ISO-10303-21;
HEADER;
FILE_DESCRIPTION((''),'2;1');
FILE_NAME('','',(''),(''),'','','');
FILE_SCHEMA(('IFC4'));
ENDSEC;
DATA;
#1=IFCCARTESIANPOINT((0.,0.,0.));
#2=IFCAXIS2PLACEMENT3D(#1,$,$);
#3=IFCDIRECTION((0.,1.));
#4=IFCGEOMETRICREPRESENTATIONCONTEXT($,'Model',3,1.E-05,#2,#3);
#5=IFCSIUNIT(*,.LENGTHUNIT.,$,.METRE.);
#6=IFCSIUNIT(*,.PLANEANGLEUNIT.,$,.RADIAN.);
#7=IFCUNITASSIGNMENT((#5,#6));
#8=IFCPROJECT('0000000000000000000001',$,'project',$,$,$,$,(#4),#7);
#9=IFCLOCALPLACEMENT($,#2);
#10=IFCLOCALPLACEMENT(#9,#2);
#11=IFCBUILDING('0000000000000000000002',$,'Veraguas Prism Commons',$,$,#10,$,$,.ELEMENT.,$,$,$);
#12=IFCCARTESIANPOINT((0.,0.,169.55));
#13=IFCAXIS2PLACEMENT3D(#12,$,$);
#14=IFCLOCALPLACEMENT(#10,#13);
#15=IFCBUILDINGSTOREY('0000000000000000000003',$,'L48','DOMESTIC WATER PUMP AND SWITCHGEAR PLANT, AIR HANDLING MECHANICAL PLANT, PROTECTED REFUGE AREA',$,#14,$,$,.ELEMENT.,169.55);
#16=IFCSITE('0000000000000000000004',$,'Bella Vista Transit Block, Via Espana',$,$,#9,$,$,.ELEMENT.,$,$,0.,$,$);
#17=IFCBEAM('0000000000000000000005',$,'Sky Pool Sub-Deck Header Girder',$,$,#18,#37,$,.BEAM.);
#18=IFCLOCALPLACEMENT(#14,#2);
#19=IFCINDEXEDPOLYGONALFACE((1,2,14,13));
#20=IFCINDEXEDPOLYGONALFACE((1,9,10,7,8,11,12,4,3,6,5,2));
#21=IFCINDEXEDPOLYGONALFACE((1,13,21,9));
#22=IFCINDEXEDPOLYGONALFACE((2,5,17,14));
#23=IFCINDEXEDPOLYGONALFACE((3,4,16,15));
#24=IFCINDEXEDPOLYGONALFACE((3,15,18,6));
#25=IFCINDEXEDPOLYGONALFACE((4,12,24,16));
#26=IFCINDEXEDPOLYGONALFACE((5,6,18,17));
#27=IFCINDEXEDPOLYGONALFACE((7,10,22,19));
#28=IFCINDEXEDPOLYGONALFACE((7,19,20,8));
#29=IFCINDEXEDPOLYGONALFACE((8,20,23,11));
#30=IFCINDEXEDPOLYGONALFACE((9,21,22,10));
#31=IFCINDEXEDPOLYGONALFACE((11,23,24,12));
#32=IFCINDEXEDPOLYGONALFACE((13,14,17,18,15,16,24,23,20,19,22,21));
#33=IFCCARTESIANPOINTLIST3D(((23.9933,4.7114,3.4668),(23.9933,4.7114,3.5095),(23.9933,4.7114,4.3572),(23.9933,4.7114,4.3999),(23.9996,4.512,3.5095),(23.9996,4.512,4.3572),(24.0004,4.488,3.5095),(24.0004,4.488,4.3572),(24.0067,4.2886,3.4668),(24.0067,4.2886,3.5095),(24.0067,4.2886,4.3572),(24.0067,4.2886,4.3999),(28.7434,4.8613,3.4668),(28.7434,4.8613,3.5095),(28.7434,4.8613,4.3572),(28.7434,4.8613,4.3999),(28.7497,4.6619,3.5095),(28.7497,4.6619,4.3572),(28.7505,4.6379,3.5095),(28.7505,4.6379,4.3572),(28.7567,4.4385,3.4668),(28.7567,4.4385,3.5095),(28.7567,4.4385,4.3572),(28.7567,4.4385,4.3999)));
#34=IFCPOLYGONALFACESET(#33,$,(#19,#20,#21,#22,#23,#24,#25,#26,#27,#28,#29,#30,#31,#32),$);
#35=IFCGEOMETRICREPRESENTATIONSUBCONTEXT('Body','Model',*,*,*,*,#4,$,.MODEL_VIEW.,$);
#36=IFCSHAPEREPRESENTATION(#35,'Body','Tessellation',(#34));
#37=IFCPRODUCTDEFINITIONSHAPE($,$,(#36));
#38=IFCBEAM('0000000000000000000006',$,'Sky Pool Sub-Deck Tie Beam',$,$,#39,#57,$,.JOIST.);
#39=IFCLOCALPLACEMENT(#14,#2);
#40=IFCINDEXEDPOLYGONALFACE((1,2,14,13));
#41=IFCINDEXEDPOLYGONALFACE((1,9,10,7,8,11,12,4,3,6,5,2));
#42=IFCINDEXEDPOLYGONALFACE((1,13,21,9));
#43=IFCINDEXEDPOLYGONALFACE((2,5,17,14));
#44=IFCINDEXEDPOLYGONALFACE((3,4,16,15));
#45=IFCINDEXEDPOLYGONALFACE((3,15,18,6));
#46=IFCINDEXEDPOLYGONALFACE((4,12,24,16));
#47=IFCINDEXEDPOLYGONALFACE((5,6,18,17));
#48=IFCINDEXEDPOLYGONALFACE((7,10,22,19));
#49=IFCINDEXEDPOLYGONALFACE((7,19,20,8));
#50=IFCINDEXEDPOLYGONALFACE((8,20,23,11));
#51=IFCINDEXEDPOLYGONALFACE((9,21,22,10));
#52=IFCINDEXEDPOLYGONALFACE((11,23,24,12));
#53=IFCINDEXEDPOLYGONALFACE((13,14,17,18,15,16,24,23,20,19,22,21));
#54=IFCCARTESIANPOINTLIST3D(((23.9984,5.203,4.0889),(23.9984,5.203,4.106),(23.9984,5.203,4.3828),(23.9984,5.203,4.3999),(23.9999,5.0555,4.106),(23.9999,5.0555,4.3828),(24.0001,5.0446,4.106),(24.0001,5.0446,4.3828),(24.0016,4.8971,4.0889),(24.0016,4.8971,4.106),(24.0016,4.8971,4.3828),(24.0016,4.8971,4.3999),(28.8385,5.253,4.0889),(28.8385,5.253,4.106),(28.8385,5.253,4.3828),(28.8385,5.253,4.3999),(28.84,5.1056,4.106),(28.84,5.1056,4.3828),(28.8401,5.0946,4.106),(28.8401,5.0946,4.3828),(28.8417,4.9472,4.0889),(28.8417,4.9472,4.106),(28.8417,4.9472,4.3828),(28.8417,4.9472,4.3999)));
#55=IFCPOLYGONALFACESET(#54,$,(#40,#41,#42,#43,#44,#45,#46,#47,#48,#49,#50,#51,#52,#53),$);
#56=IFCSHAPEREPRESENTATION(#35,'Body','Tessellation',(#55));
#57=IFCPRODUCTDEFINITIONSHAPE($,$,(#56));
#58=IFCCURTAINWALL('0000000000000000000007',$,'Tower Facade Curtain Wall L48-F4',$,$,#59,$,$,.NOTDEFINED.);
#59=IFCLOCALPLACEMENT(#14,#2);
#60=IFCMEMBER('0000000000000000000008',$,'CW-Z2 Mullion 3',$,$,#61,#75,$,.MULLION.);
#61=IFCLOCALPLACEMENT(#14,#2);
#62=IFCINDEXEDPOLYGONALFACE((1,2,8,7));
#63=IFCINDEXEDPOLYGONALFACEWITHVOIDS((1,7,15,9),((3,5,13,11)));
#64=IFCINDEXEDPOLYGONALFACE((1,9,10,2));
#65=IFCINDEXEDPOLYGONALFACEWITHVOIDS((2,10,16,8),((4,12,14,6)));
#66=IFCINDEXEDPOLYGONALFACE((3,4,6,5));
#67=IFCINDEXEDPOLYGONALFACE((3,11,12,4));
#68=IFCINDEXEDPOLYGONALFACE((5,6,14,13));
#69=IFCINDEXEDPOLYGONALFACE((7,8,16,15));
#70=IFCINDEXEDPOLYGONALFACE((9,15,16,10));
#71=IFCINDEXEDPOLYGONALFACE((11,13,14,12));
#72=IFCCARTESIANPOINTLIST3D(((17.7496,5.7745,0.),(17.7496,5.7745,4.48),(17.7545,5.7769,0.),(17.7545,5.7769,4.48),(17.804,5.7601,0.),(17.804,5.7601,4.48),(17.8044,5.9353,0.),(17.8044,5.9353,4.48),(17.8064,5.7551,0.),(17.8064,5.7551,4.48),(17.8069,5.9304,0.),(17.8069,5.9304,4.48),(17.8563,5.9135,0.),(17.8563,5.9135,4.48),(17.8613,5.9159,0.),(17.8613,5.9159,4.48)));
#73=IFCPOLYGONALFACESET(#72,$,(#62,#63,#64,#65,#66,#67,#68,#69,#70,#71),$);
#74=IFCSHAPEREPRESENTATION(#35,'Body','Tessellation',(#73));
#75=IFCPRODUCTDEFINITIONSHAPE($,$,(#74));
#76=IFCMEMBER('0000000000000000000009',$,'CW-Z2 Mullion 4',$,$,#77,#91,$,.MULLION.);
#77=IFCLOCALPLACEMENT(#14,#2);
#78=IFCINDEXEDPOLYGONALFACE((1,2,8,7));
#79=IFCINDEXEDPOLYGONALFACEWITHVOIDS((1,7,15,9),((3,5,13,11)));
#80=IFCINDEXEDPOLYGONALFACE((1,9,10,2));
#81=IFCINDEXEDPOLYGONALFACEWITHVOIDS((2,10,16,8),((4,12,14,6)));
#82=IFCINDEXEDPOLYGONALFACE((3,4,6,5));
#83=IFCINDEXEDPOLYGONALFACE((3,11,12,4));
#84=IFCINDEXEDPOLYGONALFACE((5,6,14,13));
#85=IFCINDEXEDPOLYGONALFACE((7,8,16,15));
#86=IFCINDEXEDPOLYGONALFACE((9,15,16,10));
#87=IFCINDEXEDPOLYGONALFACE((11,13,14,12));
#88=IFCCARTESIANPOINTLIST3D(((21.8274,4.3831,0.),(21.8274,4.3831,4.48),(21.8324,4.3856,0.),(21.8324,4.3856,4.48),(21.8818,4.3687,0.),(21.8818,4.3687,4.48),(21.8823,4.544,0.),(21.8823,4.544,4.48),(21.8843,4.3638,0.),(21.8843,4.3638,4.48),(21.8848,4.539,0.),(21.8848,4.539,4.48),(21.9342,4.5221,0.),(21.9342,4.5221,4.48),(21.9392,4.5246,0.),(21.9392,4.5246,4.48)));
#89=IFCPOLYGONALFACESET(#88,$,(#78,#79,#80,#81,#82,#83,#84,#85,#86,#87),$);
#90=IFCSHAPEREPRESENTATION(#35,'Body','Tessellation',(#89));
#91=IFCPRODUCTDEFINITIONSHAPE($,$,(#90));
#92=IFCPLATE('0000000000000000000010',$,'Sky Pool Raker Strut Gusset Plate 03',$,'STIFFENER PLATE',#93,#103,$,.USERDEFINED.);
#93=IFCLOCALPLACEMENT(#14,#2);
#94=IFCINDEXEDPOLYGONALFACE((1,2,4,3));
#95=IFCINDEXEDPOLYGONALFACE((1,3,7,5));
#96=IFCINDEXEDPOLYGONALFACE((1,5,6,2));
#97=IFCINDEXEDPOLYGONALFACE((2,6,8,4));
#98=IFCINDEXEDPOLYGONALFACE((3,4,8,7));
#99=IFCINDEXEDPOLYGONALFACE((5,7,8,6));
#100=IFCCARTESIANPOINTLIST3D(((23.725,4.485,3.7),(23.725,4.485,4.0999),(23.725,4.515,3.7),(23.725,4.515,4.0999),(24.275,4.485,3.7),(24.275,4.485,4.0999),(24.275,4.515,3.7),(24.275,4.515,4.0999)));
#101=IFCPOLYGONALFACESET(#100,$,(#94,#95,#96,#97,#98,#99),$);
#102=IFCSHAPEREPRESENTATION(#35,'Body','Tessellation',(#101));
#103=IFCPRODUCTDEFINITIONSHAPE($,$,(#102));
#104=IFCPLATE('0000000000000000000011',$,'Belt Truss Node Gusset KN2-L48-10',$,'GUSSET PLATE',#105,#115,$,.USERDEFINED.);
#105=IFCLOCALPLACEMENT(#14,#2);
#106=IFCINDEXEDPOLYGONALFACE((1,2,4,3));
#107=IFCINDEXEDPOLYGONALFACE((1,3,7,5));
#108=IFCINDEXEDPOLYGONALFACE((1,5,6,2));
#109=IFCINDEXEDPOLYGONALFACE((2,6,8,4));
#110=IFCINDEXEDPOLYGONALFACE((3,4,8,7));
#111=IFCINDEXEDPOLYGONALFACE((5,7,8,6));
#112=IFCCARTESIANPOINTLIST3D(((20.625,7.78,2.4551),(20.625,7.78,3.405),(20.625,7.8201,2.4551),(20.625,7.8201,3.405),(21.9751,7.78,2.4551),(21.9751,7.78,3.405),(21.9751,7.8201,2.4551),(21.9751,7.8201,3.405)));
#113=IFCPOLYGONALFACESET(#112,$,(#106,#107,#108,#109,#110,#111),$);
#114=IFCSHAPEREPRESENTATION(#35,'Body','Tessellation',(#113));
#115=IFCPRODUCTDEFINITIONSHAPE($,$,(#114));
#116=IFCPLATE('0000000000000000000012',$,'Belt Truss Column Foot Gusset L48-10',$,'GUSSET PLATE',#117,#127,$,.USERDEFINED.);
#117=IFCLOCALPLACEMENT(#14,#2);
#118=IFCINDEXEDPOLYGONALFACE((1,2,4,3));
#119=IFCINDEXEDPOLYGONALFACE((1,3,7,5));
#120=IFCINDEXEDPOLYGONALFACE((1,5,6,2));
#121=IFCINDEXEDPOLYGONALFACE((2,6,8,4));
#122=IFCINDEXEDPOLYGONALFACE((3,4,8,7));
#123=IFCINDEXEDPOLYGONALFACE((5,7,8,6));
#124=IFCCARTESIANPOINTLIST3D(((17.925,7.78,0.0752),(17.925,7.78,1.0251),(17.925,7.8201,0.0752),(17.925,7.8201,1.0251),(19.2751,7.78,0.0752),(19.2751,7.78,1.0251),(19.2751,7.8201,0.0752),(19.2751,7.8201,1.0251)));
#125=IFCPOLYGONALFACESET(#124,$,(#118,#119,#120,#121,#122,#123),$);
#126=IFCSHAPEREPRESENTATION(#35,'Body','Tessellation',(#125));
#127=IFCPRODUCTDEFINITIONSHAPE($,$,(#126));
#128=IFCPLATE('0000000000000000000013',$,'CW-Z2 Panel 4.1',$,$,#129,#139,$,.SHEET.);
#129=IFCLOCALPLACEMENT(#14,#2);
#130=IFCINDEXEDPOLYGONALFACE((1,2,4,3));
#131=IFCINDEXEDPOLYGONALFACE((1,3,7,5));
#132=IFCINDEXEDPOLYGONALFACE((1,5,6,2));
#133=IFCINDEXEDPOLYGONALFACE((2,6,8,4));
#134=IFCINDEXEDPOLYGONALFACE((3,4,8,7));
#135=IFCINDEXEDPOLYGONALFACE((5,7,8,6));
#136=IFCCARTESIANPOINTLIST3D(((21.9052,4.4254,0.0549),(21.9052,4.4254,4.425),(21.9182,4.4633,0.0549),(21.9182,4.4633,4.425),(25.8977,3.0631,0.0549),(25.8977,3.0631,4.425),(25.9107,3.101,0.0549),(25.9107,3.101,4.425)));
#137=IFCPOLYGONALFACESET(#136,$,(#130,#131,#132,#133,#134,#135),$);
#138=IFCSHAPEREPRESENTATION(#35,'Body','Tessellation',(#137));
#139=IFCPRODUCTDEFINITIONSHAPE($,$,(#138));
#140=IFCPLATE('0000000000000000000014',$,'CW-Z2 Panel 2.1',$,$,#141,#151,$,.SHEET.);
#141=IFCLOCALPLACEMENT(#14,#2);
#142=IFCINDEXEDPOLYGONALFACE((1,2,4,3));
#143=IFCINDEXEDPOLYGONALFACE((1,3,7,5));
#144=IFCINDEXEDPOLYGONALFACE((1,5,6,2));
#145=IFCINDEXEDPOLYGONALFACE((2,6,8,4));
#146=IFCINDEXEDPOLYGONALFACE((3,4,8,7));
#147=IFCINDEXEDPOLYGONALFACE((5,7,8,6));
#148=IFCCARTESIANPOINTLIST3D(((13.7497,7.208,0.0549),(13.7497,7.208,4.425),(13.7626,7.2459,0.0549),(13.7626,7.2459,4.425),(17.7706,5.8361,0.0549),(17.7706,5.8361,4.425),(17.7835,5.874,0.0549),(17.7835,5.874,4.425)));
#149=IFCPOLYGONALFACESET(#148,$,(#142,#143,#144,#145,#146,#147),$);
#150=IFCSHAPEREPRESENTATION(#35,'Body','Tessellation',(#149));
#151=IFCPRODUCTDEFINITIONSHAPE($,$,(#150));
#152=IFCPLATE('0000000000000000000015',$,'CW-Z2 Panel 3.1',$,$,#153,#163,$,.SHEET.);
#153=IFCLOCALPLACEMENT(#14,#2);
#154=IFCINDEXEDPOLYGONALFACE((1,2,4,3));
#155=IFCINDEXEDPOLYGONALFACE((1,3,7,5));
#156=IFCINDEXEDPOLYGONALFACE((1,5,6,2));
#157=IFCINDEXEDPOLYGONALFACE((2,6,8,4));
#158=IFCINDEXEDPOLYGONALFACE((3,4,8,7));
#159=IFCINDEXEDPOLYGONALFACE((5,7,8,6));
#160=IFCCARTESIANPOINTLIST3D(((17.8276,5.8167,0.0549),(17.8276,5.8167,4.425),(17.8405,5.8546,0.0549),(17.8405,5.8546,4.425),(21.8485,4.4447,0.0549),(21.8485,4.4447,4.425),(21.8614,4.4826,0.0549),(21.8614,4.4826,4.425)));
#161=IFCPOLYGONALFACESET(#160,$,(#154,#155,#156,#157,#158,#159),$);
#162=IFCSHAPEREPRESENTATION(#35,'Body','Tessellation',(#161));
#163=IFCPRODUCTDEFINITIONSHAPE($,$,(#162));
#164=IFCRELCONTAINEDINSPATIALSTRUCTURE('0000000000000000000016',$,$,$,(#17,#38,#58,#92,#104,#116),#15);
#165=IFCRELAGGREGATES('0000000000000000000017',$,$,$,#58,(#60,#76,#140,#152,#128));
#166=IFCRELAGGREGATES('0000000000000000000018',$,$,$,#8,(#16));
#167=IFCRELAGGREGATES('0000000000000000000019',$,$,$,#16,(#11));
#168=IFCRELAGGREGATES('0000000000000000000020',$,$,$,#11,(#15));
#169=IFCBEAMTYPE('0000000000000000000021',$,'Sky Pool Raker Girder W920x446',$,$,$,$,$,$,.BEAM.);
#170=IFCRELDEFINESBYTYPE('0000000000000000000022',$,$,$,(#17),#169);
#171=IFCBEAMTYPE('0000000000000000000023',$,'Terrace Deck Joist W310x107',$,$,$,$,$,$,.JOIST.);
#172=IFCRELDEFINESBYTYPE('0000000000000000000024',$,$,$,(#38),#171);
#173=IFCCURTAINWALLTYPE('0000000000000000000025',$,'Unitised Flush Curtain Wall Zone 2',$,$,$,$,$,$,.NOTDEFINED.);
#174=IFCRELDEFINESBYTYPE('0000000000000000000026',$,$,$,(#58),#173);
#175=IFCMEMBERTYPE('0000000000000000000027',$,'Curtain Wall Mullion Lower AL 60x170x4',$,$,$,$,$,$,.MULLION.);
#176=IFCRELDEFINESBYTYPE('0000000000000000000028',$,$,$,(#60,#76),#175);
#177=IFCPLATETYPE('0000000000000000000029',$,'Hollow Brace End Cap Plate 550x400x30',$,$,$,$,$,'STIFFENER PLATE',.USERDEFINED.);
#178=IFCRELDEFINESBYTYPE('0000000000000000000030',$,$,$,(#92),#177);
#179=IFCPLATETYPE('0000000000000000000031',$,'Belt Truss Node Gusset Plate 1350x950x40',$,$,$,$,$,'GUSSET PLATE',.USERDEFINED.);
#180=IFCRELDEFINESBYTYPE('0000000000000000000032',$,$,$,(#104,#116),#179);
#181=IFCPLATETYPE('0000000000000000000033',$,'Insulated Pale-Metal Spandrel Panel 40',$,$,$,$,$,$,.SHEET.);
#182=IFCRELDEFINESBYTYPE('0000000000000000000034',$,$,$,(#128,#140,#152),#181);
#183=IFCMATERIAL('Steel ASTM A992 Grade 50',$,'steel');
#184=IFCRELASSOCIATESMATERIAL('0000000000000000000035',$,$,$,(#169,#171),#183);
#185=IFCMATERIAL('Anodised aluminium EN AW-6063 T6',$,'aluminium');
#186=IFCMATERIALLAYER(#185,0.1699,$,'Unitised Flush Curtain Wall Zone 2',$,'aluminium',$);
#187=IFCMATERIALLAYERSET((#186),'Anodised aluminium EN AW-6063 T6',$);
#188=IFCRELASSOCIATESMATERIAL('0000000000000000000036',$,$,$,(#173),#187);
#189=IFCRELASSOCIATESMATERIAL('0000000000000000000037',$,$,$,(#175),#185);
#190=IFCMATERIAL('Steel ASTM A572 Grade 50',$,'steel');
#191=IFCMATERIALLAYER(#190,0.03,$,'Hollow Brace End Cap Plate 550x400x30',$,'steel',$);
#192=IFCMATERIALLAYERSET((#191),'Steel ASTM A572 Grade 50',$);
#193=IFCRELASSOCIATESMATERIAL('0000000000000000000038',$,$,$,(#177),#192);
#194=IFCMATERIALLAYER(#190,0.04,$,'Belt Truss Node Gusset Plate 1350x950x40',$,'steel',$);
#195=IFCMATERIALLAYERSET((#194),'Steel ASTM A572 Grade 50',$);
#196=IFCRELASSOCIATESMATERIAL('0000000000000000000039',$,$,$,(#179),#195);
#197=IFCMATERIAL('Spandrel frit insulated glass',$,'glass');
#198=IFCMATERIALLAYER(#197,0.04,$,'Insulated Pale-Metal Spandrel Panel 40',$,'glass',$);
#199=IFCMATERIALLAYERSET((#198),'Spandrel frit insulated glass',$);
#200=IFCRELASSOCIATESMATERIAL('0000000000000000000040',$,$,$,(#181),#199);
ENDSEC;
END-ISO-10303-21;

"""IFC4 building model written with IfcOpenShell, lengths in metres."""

from ifc_helpers import new_model, si_unit, direction, frame, origin, origin_2d, place, context, subcontext, project, spatial, rectangle, hollow_rectangle, i_section, extrude, source, transform, mapped, material, layer, layer_set, material_profile, profile_set, type_object, element, aggregate, save


model = new_model("IFC4")

# Units and contexts
model_context = context("Model", 3, precision=1e-05, world=origin(), true_north=direction((0.0, 1.0)))
body_context = subcontext(model_context, "Body", "Model", "MODEL_VIEW")
ifc_project = project(units=[si_unit("LENGTHUNIT", "METRE"), si_unit("PLANEANGLEUNIT", "RADIAN")], contexts=[model_context])

# Site, building, storey
site_placement = place(None, origin())
site = spatial("IfcSite", under=ifc_project, at=site_placement, Name="Bella Vista Transit Block, Via Espana", CompositionType="ELEMENT", RefElevation=0.0)
building_placement = place(site_placement, origin())
building = spatial("IfcBuilding", under=site, at=building_placement, Name="Veraguas Prism Commons", CompositionType="ELEMENT")
storey_placement = place(building_placement, frame((0.0, 0.0, 169.55)))
storey = spatial("IfcBuildingStorey", under=building, at=storey_placement, Name="L48", Description="DOMESTIC WATER PUMP AND SWITCHGEAR PLANT, AIR HANDLING MECHANICAL PLANT, PROTECTED REFUGE AREA", CompositionType="ELEMENT", Elevation=169.55)

# Shared definitions
ifc_material_1 = material(Name="Steel ASTM A992 Grade 50", Category="steel")

# Beams
ifc_material_profile_1 = material_profile(ifc_material_1, i_section(OverallWidth=0.4231, OverallDepth=0.9331, WebThickness=0.0239, FlangeThickness=0.0427, at=origin_2d()), Name="W920X446")
ifc_profile_set_1 = profile_set([ifc_material_profile_1], Name="Steel ASTM A992 Grade 50")
beam_type_1 = type_object("IfcBeamType", Name="Sky Pool Raker Girder W920x446", PredefinedType="BEAM", material=ifc_profile_set_1)
beam_1_placement = place(storey_placement, frame((24.0, 4.5, 3.9333), z_axis=(0.999502, 0.031543, 0.0), x_axis=(-0.031543, 0.999502, 0.0)))
element("IfcBeam", 1, at=beam_1_placement, inside=storey, type_object=beam_type_1, Name="Sky Pool Sub-Deck Header Girder", PredefinedType="BEAM", context=body_context, shape_type="SweptSolid", body=[
    extrude(i_section(OverallWidth=0.4231, OverallDepth=0.9331, WebThickness=0.0239, FlangeThickness=0.0427, at=origin_2d()), origin(), (0.0, 0.0, 1.0), 4.7524),
])
ifc_material_profile_2 = material_profile(ifc_material_1, i_section(OverallWidth=0.3059, OverallDepth=0.311, WebThickness=0.011, FlangeThickness=0.0171, at=origin_2d()), Name="W310X107")
ifc_profile_set_2 = profile_set([ifc_material_profile_2], Name="Steel ASTM A992 Grade 50")
beam_type_2 = type_object("IfcBeamType", Name="Terrace Deck Joist W310x107", PredefinedType="JOIST", material=ifc_profile_set_2)
beam_2_placement = place(storey_placement, frame((24.0, 5.05, 4.2444), z_axis=(0.999947, 0.01034, 0.0), x_axis=(-0.01034, 0.999947, 0.0)))
element("IfcBeam", 2, at=beam_2_placement, inside=storey, type_object=beam_type_2, Name="Sky Pool Sub-Deck Tie Beam", PredefinedType="JOIST", context=body_context, shape_type="SweptSolid", body=[
    extrude(i_section(OverallWidth=0.3059, OverallDepth=0.311, WebThickness=0.011, FlangeThickness=0.0171, at=origin_2d()), origin(), (0.0, 0.0, 1.0), 4.8403),
])

# Curtain wall, members
ifc_material_2 = material(Name="Anodised aluminium EN AW-6063 T6", Category="aluminium")
ifc_layer_1 = layer(ifc_material_2, 0.1699, Name="Unitised Flush Curtain Wall Zone 2", Category="aluminium")
ifc_layer_set_1 = layer_set([ifc_layer_1], Name="Anodised aluminium EN AW-6063 T6")
curtain_wall_type = type_object("IfcCurtainWallType", Name="Unitised Flush Curtain Wall Zone 2", PredefinedType="NOTDEFINED", material=ifc_layer_set_1)
curtain_wall_placement = place(storey_placement, origin())
curtain_wall = element("IfcCurtainWall", 3, at=curtain_wall_placement, inside=storey, type_object=curtain_wall_type, Name="Tower Facade Curtain Wall L48-F4", PredefinedType="NOTDEFINED")
ifc_material_profile_3 = material_profile(ifc_material_2, hollow_rectangle(XDim=0.0601, YDim=0.1699, WallThickness=0.0039, at=origin_2d()), Name="AL60X170X4")
ifc_profile_set_3 = profile_set([ifc_material_profile_3], Name="Anodised aluminium EN AW-6063 T6")
member_type_1 = type_object("IfcMemberType", Name="Curtain Wall Mullion Lower AL 60x170x4", PredefinedType="MULLION", material=ifc_profile_set_3)
shared_shape_1 = source(origin(), body_context, "Body", "SweptSolid", [
    extrude(hollow_rectangle(XDim=0.0601, YDim=0.1699, WallThickness=0.0039, at=origin_2d()), origin(), (0.0, 0.0, 1.0), 4.48),
])
member_1_placement = place(storey_placement, frame((17.8054, 5.8452, 0.0), z_axis=(0.0, 0.0, 1.0), x_axis=(0.946425, -0.322925, 0.0)))
member_1 = element("IfcMember", 4, at=member_1_placement, type_object=member_type_1, Name="CW-Z2 Mullion 3", PredefinedType="MULLION", context=body_context, shape_type="MappedRepresentation", body=[
    mapped(shared_shape_1, transform((0.0, 0.0, 0.0), scale=1.0)),
])
member_2_placement = place(storey_placement, frame((21.8833, 4.4539, 0.0), z_axis=(0.0, 0.0, 1.0), x_axis=(0.946425, -0.322925, 0.0)))
member_2 = element("IfcMember", 5, at=member_2_placement, type_object=member_type_1, Name="CW-Z2 Mullion 4", PredefinedType="MULLION", context=body_context, shape_type="MappedRepresentation", body=[
    mapped(shared_shape_1, transform((0.0, 0.0, 0.0), scale=1.0)),
])

# Plates
ifc_material_3 = material(Name="Steel ASTM A572 Grade 50", Category="steel")
ifc_layer_2 = layer(ifc_material_3, 0.03, Name="Hollow Brace End Cap Plate 550x400x30", Category="steel")
ifc_layer_set_2 = layer_set([ifc_layer_2], Name="Steel ASTM A572 Grade 50")
plate_type_1 = type_object("IfcPlateType", Name="Hollow Brace End Cap Plate 550x400x30", ElementType="STIFFENER PLATE", PredefinedType="USERDEFINED", material=ifc_layer_set_2)
shared_shape_2 = source(origin(), body_context, "Body", "SweptSolid", [
    extrude(rectangle(XDim=0.55, YDim=0.03, at=origin_2d()), origin(), (0.0, 0.0, 1.0), 0.3999),
])
plate_1_placement = place(storey_placement, frame((24.0, 4.5, 3.7), z_axis=(0.0, 0.0, 1.0), x_axis=(1.0, 0.0, 0.0)))
element("IfcPlate", 6, at=plate_1_placement, inside=storey, type_object=plate_type_1, Name="Sky Pool Raker Strut Gusset Plate 03", ObjectType="STIFFENER PLATE", PredefinedType="USERDEFINED", context=body_context, shape_type="MappedRepresentation", body=[
    mapped(shared_shape_2, transform((0.0, 0.0, 0.0), scale=1.0)),
])
ifc_layer_3 = layer(ifc_material_3, 0.04, Name="Belt Truss Node Gusset Plate 1350x950x40", Category="steel")
ifc_layer_set_3 = layer_set([ifc_layer_3], Name="Steel ASTM A572 Grade 50")
plate_type_2 = type_object("IfcPlateType", Name="Belt Truss Node Gusset Plate 1350x950x40", ElementType="GUSSET PLATE", PredefinedType="USERDEFINED", material=ifc_layer_set_3)
shared_shape_3 = source(origin(), body_context, "Body", "SweptSolid", [
    extrude(rectangle(XDim=1.3501, YDim=0.04, at=origin_2d()), origin(), (0.0, 0.0, 1.0), 0.95),
])
for number, where, z_axis, x_axis, name in (
    (7, (21.3, 7.8, 2.4551), (0.0, 0.0, 1.0), (1.0, 0.0, 0.0), "Belt Truss Node Gusset KN2-L48-10"),
    (8, (18.6001, 7.8, 0.0752), (0.0, 0.0, 1.0), (1.0, 0.0, 0.0), "Belt Truss Column Foot Gusset L48-10"),
):
    element("IfcPlate", number, at=place(storey_placement, frame(where, z_axis=z_axis, x_axis=x_axis)), inside=storey, type_object=plate_type_2, Name=name, ObjectType="GUSSET PLATE", PredefinedType="USERDEFINED", context=body_context, shape_type="MappedRepresentation", body=[
        mapped(shared_shape_3, transform((0.0, 0.0, 0.0), scale=1.0)),
    ])

# Plates
ifc_material_4 = material(Name="Spandrel frit insulated glass", Category="glass")
ifc_layer_4 = layer(ifc_material_4, 0.04, Name="Insulated Pale-Metal Spandrel Panel 40", Category="glass")
ifc_layer_set_4 = layer_set([ifc_layer_4], Name="Spandrel frit insulated glass")
plate_type_3 = type_object("IfcPlateType", Name="Insulated Pale-Metal Spandrel Panel 40", PredefinedType="SHEET", material=ifc_layer_set_4)
shared_shape_4 = source(origin(), body_context, "Body", "SweptSolid", [
    extrude(rectangle(XDim=4.2185, YDim=0.04, at=origin_2d()), origin(), (0.0, 0.0, 1.0), 4.3701),
])
plate_2_placement = place(storey_placement, frame((23.908, 3.7632, 0.0549), z_axis=(0.0, 0.0, 1.0), x_axis=(0.946425, -0.322925, 0.0)))
plate_2 = element("IfcPlate", 9, at=plate_2_placement, type_object=plate_type_3, Name="CW-Z2 Panel 4.1", PredefinedType="SHEET", context=body_context, shape_type="MappedRepresentation", body=[
    mapped(shared_shape_4, transform((0.0, 0.0, 0.0), scale=1.0)),
])
shared_shape_5 = source(origin(), body_context, "Body", "SweptSolid", [
    extrude(rectangle(XDim=4.2485, YDim=0.04, at=origin_2d()), origin(), (0.0, 0.0, 1.0), 4.3701),
])
plate_3_placement = place(storey_placement, frame((15.7666, 6.541, 0.0549), z_axis=(0.0, 0.0, 1.0), x_axis=(0.946425, -0.322925, 0.0)))
plate_3 = element("IfcPlate", 10, at=plate_3_placement, type_object=plate_type_3, Name="CW-Z2 Panel 2.1", PredefinedType="SHEET", context=body_context, shape_type="MappedRepresentation", body=[
    mapped(shared_shape_5, transform((0.0, 0.0, 0.0), scale=1.0)),
])
plate_4_placement = place(storey_placement, frame((19.8445, 5.1497, 0.0549), z_axis=(0.0, 0.0, 1.0), x_axis=(0.946425, -0.322925, 0.0)))
plate_4 = element("IfcPlate", 11, at=plate_4_placement, type_object=plate_type_3, Name="CW-Z2 Panel 3.1", PredefinedType="SHEET", context=body_context, shape_type="MappedRepresentation", body=[
    mapped(shared_shape_5, transform((0.0, 0.0, 0.0), scale=1.0)),
])
aggregate(curtain_wall, [member_1, member_2, plate_3, plate_4, plate_2])

save(model, "model.ifc")
